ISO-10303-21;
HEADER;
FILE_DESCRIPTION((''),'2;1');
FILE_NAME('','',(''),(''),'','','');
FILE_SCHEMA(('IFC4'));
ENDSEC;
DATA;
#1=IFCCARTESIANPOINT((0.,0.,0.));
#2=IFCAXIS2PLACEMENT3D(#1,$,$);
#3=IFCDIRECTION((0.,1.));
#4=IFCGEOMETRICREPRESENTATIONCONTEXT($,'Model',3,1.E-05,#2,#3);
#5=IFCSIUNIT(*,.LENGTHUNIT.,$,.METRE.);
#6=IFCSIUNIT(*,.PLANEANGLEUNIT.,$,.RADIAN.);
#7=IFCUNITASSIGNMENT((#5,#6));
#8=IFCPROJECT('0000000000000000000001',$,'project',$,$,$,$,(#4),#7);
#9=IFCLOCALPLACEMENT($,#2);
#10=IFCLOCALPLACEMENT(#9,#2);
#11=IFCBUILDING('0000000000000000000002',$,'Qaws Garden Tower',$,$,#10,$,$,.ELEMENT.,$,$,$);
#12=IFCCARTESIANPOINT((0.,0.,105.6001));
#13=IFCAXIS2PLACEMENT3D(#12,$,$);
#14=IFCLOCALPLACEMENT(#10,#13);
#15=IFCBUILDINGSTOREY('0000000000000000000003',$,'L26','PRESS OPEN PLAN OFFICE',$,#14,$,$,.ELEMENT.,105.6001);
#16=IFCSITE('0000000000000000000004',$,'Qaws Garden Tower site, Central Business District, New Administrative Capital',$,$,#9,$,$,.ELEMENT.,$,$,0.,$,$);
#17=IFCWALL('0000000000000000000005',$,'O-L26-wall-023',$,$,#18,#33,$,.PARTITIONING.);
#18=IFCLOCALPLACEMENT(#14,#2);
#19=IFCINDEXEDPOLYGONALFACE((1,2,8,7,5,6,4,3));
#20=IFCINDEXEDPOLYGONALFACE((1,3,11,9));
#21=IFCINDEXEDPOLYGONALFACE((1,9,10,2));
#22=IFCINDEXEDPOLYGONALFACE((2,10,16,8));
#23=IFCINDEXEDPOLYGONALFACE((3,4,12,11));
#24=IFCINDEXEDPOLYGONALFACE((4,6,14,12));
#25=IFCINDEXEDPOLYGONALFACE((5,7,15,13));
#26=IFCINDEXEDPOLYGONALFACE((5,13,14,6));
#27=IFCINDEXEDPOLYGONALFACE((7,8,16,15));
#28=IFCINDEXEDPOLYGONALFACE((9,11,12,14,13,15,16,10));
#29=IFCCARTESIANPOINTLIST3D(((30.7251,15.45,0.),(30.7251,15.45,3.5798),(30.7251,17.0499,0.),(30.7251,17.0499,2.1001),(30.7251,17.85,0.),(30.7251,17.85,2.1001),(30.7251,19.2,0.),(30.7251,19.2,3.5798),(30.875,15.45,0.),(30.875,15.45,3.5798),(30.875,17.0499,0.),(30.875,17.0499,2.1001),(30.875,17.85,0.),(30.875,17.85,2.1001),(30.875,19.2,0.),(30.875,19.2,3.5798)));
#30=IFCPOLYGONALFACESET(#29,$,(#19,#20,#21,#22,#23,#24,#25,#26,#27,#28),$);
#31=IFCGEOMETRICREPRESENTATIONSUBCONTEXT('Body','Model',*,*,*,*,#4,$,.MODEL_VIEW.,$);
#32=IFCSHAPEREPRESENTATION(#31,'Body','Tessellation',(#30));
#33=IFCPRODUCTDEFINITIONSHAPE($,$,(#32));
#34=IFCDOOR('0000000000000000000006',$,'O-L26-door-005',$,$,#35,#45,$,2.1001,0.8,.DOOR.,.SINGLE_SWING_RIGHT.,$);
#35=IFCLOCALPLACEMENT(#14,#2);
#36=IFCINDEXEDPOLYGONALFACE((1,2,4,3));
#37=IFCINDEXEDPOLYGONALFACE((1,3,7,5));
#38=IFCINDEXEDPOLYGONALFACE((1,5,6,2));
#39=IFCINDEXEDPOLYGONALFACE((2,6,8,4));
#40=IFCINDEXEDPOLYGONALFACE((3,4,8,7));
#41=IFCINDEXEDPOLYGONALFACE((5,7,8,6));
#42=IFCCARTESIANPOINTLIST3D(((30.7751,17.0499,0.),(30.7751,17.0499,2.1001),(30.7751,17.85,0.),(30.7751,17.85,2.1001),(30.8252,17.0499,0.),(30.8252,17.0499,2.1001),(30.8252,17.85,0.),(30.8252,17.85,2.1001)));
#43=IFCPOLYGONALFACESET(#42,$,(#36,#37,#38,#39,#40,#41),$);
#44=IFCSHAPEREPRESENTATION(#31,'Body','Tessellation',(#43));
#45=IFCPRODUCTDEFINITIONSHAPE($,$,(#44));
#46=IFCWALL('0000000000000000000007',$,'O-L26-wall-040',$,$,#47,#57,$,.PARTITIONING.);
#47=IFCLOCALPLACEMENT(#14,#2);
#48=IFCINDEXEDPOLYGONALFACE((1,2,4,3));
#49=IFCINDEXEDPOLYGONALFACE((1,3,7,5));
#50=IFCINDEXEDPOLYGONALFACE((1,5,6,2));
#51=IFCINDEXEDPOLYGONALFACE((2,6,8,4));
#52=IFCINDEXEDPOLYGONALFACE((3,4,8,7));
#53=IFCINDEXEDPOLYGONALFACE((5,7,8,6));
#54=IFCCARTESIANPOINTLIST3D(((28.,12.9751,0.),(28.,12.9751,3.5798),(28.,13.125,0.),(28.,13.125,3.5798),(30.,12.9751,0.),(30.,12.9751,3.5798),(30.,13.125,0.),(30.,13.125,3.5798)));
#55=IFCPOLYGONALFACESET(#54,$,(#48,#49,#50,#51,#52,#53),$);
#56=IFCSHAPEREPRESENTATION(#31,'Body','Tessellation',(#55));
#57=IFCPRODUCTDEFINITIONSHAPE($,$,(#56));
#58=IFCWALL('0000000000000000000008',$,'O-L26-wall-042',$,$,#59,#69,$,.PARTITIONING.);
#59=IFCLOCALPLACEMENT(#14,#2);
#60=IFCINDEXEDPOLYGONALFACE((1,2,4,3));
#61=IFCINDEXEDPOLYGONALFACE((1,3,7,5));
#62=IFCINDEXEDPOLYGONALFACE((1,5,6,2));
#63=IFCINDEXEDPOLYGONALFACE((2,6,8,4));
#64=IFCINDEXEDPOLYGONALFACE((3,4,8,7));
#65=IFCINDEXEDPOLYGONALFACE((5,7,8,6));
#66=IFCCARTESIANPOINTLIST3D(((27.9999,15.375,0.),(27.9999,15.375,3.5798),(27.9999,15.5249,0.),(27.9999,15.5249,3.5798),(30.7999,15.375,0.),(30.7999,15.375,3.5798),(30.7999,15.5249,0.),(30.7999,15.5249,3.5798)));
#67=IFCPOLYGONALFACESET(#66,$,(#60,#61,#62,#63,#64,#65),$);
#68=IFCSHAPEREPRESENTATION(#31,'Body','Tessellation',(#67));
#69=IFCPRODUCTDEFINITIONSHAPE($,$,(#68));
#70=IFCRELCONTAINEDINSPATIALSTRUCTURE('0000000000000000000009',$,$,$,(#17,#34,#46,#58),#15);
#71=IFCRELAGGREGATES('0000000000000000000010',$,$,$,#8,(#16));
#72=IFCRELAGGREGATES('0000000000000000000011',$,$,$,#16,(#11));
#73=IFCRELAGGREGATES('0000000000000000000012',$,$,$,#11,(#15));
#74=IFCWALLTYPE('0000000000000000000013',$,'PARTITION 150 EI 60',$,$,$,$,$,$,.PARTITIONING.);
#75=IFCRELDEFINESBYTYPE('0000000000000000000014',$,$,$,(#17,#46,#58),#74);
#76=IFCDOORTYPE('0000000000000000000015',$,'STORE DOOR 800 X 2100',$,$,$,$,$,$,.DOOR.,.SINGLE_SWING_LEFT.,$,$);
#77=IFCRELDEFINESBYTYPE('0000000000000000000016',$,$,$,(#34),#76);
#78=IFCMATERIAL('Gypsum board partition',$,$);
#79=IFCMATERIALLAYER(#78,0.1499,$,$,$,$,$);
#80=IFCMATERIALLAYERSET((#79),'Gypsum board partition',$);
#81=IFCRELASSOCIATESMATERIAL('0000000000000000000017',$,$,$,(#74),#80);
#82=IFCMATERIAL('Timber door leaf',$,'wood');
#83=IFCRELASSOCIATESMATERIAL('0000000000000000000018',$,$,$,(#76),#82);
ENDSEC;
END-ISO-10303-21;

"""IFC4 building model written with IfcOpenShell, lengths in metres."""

from ifc_helpers import new_model, si_unit, direction, frame, frame_2d, origin, place, context, subcontext, project, spatial, rectangle, extrude, material, layer, layer_set, type_object, element, fill, save


model = new_model("IFC4")

# Units and contexts
model_context = context("Model", 3, precision=1e-05, world=origin(), true_north=direction((0.0, 1.0)))
body_context = subcontext(model_context, "Body", "Model", "MODEL_VIEW")
ifc_project = project(units=[si_unit("LENGTHUNIT", "METRE"), si_unit("PLANEANGLEUNIT", "RADIAN")], contexts=[model_context])

# Site, building, storey
site_placement = place(None, origin())
site = spatial("IfcSite", under=ifc_project, at=site_placement, Name="Qaws Garden Tower site, Central Business District, New Administrative Capital", CompositionType="ELEMENT", RefElevation=0.0)
building_placement = place(site_placement, origin())
building = spatial("IfcBuilding", under=site, at=building_placement, Name="Qaws Garden Tower", CompositionType="ELEMENT")
storey_placement = place(building_placement, frame((0.0, 0.0, 105.6001)))
storey = spatial("IfcBuildingStorey", under=building, at=storey_placement, Name="L26", Description="PRESS OPEN PLAN OFFICE", CompositionType="ELEMENT", Elevation=105.6001)

# Wall, opening, door
ifc_material_1 = material(Name="Gypsum board partition")
ifc_layer_1 = layer(ifc_material_1, 0.1499)
ifc_layer_set_1 = layer_set([ifc_layer_1], Name="Gypsum board partition")
wall_type_1 = type_object("IfcWallType", Name="PARTITION 150 EI 60", PredefinedType="PARTITIONING", material=ifc_layer_set_1)
ifc_material_2 = material(Name="Timber door leaf", Category="wood")
door_type_1 = type_object("IfcDoorType", Name="STORE DOOR 800 X 2100", OperationType="SINGLE_SWING_LEFT", PredefinedType="DOOR", material=ifc_material_2)
wall_1_placement = place(storey_placement, frame((30.8, 15.45, 0.0), z_axis=(0.0, 0.0, 1.0), x_axis=(0.0, 1.0, 0.0)))
wall_1 = element("IfcWall", 1, at=wall_1_placement, inside=storey, type_object=wall_type_1, Name="O-L26-wall-023", PredefinedType="PARTITIONING", context=body_context, shape_type="SweptSolid", body=[
    extrude(rectangle(XDim=3.75, YDim=0.1499, at=frame_2d((1.875, 0.0))), origin(), (0.0, 0.0, 1.0), 3.5798),
])
opening_1_placement = place(wall_1_placement, frame((1.6001, 0.0, 0.0)))
opening_1 = element("IfcOpeningElement", 2, at=opening_1_placement, cuts=wall_1, PredefinedType="OPENING", context=body_context, shape_type="SweptSolid", body=[
    extrude(rectangle(XDim=0.8, YDim=2.1001, at=frame_2d((0.3999, 1.05))), frame((0.0, 0.085, 0.0), z_axis=(0.0, -1.0, 0.0), x_axis=(1.0, 0.0, 0.0)), (0.0, 0.0, 1.0), 0.1699),
])
door_1_placement = place(opening_1_placement, origin())
door_1 = element("IfcDoor", 3, at=door_1_placement, inside=storey, type_object=door_type_1, Name="O-L26-door-005", OperationType="SINGLE_SWING_RIGHT", OverallHeight=2.1001, OverallWidth=0.8, PredefinedType="DOOR", context=body_context, shape_type="SweptSolid", body=[
    extrude(rectangle(XDim=0.8, YDim=2.1001, at=frame_2d((0.3999, 1.05))), frame((0.0, 0.0249, 0.0), z_axis=(0.0, -1.0, 0.0), x_axis=(1.0, 0.0, 0.0)), (0.0, 0.0, 1.0), 0.05),
])
fill(opening_1, door_1)

# Walls
wall_2_placement = place(storey_placement, frame((28.0, 13.05, 0.0), z_axis=(0.0, 0.0, 1.0), x_axis=(1.0, 0.0, 0.0)))
element("IfcWall", 4, at=wall_2_placement, inside=storey, type_object=wall_type_1, Name="O-L26-wall-040", PredefinedType="PARTITIONING", context=body_context, shape_type="SweptSolid", body=[
    extrude(rectangle(XDim=2.0, YDim=0.1499, at=frame_2d((1.0, 0.0))), origin(), (0.0, 0.0, 1.0), 3.5798),
])
wall_3_placement = place(storey_placement, frame((28.0, 15.45, 0.0), z_axis=(0.0, 0.0, 1.0), x_axis=(1.0, 0.0, 0.0)))
element("IfcWall", 5, at=wall_3_placement, inside=storey, type_object=wall_type_1, Name="O-L26-wall-042", PredefinedType="PARTITIONING", context=body_context, shape_type="SweptSolid", body=[
    extrude(rectangle(XDim=2.8, YDim=0.1499, at=frame_2d((1.3999, 0.0))), origin(), (0.0, 0.0, 1.0), 3.5798),
])

save(model, "model.ifc")
